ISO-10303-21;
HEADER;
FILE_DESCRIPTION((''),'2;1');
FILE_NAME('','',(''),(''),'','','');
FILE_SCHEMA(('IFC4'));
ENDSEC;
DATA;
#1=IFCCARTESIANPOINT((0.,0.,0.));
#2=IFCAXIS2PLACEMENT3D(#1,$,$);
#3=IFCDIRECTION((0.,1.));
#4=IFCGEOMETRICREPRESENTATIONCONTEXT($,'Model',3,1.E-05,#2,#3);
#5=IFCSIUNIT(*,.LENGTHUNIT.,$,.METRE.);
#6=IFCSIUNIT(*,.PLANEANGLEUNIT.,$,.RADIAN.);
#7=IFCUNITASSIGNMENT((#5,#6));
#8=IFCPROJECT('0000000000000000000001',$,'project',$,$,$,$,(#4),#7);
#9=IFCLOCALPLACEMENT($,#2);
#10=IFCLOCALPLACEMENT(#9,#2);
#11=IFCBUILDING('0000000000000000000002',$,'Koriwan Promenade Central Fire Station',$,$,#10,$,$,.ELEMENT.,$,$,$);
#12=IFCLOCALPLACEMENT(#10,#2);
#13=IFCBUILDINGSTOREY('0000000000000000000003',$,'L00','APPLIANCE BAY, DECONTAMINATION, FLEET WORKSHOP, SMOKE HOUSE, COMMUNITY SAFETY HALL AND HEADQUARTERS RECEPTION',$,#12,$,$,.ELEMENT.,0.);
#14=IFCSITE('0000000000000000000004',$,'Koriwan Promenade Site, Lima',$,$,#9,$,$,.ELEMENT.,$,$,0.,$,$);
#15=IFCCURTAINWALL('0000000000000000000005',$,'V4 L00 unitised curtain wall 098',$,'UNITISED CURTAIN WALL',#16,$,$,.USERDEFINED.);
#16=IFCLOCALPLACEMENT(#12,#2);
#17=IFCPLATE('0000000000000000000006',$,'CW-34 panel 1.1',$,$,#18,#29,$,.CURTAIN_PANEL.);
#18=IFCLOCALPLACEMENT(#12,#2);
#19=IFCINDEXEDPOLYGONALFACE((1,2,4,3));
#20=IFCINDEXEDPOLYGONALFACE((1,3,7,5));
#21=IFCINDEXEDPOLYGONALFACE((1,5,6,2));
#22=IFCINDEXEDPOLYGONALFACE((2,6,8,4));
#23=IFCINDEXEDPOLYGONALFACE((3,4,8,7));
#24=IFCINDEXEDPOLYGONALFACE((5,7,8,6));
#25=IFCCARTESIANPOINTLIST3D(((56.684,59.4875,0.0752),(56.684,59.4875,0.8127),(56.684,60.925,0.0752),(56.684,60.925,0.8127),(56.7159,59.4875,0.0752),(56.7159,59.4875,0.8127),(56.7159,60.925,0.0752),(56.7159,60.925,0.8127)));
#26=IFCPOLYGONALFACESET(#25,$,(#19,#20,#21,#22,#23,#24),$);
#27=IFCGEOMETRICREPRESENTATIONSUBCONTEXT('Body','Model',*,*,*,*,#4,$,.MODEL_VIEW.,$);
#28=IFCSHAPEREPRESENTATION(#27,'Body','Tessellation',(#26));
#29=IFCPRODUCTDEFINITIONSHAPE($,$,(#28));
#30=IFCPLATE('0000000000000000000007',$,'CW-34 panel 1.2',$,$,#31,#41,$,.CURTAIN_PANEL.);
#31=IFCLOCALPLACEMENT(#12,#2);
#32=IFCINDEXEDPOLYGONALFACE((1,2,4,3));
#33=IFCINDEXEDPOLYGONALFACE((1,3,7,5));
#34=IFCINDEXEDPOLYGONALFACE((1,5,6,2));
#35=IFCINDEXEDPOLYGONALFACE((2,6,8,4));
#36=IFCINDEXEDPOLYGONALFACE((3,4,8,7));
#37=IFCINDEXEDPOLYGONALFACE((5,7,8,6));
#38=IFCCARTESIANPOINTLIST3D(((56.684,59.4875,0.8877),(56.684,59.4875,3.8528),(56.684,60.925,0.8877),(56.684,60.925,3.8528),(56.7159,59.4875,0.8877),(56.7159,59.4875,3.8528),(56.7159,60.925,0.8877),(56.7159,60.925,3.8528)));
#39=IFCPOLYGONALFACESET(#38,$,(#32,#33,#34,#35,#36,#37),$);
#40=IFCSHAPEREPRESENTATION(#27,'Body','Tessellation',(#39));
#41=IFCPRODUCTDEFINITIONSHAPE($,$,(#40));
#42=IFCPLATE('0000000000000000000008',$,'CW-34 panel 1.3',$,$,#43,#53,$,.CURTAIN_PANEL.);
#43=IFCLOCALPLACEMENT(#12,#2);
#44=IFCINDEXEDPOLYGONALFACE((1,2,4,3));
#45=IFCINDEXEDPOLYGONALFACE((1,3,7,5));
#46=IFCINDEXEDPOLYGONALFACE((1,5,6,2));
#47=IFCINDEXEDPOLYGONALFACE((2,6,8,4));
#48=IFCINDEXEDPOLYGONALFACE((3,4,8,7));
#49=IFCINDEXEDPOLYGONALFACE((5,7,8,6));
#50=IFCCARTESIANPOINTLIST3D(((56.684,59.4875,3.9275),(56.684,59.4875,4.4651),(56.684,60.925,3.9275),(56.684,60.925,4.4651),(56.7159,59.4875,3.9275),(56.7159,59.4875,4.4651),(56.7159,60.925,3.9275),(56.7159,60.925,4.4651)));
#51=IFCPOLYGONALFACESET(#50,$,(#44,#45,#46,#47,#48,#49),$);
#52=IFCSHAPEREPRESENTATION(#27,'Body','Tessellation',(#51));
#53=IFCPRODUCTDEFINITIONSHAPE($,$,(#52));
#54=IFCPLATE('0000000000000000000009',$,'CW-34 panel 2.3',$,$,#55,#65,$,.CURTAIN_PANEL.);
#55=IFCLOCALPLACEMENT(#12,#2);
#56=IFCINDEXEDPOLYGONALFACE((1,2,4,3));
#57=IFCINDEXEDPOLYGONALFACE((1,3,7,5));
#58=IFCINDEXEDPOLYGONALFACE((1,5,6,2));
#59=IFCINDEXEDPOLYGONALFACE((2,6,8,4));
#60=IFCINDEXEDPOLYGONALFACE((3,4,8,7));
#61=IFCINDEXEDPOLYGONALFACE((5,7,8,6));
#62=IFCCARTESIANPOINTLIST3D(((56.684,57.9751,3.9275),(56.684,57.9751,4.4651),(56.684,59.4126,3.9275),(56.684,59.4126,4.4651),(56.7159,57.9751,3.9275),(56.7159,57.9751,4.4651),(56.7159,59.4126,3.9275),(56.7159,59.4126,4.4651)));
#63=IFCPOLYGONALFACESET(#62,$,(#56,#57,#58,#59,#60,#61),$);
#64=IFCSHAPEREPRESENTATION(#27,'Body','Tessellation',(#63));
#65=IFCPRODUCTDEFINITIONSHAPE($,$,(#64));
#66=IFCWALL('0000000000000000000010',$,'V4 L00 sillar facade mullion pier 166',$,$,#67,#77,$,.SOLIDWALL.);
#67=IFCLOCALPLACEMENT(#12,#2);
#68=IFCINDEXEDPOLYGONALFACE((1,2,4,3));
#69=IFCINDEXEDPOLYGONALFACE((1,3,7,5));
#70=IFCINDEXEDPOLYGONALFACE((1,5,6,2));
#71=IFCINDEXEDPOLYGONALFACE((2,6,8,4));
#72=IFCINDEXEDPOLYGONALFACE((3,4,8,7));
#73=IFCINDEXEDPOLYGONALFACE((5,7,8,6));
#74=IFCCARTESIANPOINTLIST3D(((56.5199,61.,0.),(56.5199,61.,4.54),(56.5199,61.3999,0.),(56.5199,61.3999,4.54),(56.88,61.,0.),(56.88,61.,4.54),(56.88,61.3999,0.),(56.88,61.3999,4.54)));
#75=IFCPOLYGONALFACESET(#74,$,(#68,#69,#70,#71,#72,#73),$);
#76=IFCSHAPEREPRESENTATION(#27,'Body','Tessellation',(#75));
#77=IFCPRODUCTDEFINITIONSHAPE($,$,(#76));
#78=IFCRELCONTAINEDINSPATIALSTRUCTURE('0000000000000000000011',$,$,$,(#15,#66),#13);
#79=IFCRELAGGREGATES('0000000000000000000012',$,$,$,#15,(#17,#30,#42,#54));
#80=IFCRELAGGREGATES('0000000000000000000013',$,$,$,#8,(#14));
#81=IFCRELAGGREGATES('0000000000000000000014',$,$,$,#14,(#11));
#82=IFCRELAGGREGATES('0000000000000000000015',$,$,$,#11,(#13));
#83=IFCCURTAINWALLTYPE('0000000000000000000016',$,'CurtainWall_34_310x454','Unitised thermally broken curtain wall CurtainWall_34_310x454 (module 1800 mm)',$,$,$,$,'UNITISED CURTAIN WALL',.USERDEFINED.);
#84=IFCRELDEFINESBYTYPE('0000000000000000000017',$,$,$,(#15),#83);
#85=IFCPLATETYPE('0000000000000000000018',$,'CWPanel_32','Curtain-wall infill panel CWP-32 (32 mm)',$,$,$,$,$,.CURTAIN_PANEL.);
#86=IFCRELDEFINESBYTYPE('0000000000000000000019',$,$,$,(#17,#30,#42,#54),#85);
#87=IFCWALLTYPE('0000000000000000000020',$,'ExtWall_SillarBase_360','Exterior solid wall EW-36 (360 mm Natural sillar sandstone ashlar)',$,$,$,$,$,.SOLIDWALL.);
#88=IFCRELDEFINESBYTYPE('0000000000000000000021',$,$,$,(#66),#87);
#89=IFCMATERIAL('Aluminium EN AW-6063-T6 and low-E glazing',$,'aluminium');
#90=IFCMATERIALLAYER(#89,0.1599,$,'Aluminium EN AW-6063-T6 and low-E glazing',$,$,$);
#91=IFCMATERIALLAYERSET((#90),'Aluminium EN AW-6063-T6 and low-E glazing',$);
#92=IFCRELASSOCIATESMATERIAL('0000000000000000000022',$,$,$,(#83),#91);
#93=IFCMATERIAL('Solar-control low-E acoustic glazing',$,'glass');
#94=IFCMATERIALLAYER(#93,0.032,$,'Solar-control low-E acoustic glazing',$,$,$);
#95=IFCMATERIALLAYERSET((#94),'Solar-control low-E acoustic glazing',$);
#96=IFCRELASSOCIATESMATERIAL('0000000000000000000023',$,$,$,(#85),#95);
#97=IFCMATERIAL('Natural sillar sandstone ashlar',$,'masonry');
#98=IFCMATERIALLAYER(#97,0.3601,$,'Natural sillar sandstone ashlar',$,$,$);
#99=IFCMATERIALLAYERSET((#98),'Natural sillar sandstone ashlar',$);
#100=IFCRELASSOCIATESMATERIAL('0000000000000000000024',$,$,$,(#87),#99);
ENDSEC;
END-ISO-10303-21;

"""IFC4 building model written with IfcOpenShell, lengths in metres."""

from ifc_helpers import new_model, si_unit, direction, frame, frame_2d, origin, origin_2d, place, context, subcontext, project, spatial, rectangle, extrude, material, layer, layer_set, type_object, element, aggregate, save


model = new_model("IFC4")

# Units and contexts
model_context = context("Model", 3, precision=1e-05, world=origin(), true_north=direction((0.0, 1.0)))
body_context = subcontext(model_context, "Body", "Model", "MODEL_VIEW")
ifc_project = project(units=[si_unit("LENGTHUNIT", "METRE"), si_unit("PLANEANGLEUNIT", "RADIAN")], contexts=[model_context])

# Site, building, storey
site_placement = place(None, origin())
site = spatial("IfcSite", under=ifc_project, at=site_placement, Name="Koriwan Promenade Site, Lima", CompositionType="ELEMENT", RefElevation=0.0)
building_placement = place(site_placement, origin())
building = spatial("IfcBuilding", under=site, at=building_placement, Name="Koriwan Promenade Central Fire Station", CompositionType="ELEMENT")
storey_placement = place(building_placement, origin())
storey = spatial("IfcBuildingStorey", under=building, at=storey_placement, Name="L00", Description="APPLIANCE BAY, DECONTAMINATION, FLEET WORKSHOP, SMOKE HOUSE, COMMUNITY SAFETY HALL AND HEADQUARTERS RECEPTION", CompositionType="ELEMENT", Elevation=0.0)

# Curtain wall
ifc_material_1 = material(Name="Aluminium EN AW-6063-T6 and low-E glazing", Category="aluminium")
ifc_layer_1 = layer(ifc_material_1, 0.1599, Name="Aluminium EN AW-6063-T6 and low-E glazing")
ifc_layer_set_1 = layer_set([ifc_layer_1], Name="Aluminium EN AW-6063-T6 and low-E glazing")
curtain_wall_type_1 = type_object("IfcCurtainWallType", Name="CurtainWall_34_310x454", Description="Unitised thermally broken curtain wall CurtainWall_34_310x454 (module 1800 mm)", ElementType="UNITISED CURTAIN WALL", PredefinedType="USERDEFINED", material=ifc_layer_set_1)
curtain_wall_1_placement = place(storey_placement, origin())
curtain_wall_1 = element("IfcCurtainWall", 1, at=curtain_wall_1_placement, inside=storey, type_object=curtain_wall_type_1, Name="V4 L00 unitised curtain wall 098", ObjectType="UNITISED CURTAIN WALL", PredefinedType="USERDEFINED")

# Plates
ifc_material_2 = material(Name="Solar-control low-E acoustic glazing", Category="glass")
ifc_layer_2 = layer(ifc_material_2, 0.032, Name="Solar-control low-E acoustic glazing")
ifc_layer_set_2 = layer_set([ifc_layer_2], Name="Solar-control low-E acoustic glazing")
plate_type_1 = type_object("IfcPlateType", Name="CWPanel_32", Description="Curtain-wall infill panel CWP-32 (32 mm)", PredefinedType="CURTAIN_PANEL", material=ifc_layer_set_2)
plate_1_placement = place(storey_placement, frame((56.7, 60.2063, 0.0752), z_axis=(0.0, 0.0, 1.0), x_axis=(0.0, -1.0, 0.0)))
plate_1 = element("IfcPlate", 2, at=plate_1_placement, type_object=plate_type_1, Name="CW-34 panel 1.1", PredefinedType="CURTAIN_PANEL", context=body_context, shape_type="SweptSolid", body=[
    extrude(rectangle(XDim=1.4375, YDim=0.032, at=origin_2d()), origin(), (0.0, 0.0, 1.0), 0.7375),
])
plate_2_placement = place(storey_placement, frame((56.7, 60.2063, 0.8877), z_axis=(0.0, 0.0, 1.0), x_axis=(0.0, -1.0, 0.0)))
plate_2 = element("IfcPlate", 3, at=plate_2_placement, type_object=plate_type_1, Name="CW-34 panel 1.2", PredefinedType="CURTAIN_PANEL", context=body_context, shape_type="SweptSolid", body=[
    extrude(rectangle(XDim=1.4375, YDim=0.032, at=origin_2d()), origin(), (0.0, 0.0, 1.0), 2.9651),
])
plate_3_placement = place(storey_placement, frame((56.7, 60.2063, 3.9275), z_axis=(0.0, 0.0, 1.0), x_axis=(0.0, -1.0, 0.0)))
plate_3 = element("IfcPlate", 4, at=plate_3_placement, type_object=plate_type_1, Name="CW-34 panel 1.3", PredefinedType="CURTAIN_PANEL", context=body_context, shape_type="SweptSolid", body=[
    extrude(rectangle(XDim=1.4375, YDim=0.032, at=origin_2d()), origin(), (0.0, 0.0, 1.0), 0.5376),
])
plate_4_placement = place(storey_placement, frame((56.7, 58.6938, 3.9275), z_axis=(0.0, 0.0, 1.0), x_axis=(0.0, -1.0, 0.0)))
plate_4 = element("IfcPlate", 5, at=plate_4_placement, type_object=plate_type_1, Name="CW-34 panel 2.3", PredefinedType="CURTAIN_PANEL", context=body_context, shape_type="SweptSolid", body=[
    extrude(rectangle(XDim=1.4375, YDim=0.032, at=origin_2d()), origin(), (0.0, 0.0, 1.0), 0.5376),
])
aggregate(curtain_wall_1, [plate_1, plate_2, plate_3, plate_4])

# Wall
ifc_material_3 = material(Name="Natural sillar sandstone ashlar", Category="masonry")
ifc_layer_3 = layer(ifc_material_3, 0.3601, Name="Natural sillar sandstone ashlar")
ifc_layer_set_3 = layer_set([ifc_layer_3], Name="Natural sillar sandstone ashlar")
wall_type = type_object("IfcWallType", Name="ExtWall_SillarBase_360", Description="Exterior solid wall EW-36 (360 mm Natural sillar sandstone ashlar)", PredefinedType="SOLIDWALL", material=ifc_layer_set_3)
wall_placement = place(storey_placement, frame((56.7, 61.3999, 0.0), z_axis=(0.0, 0.0, 1.0), x_axis=(0.0, -1.0, 0.0)))
element("IfcWall", 6, at=wall_placement, inside=storey, type_object=wall_type, Name="V4 L00 sillar facade mullion pier 166", PredefinedType="SOLIDWALL", context=body_context, shape_type="SweptSolid", body=[
    extrude(rectangle(XDim=0.3999, YDim=0.3601, at=frame_2d((0.2, 0.0))), origin(), (0.0, 0.0, 1.0), 4.54),
])

save(model, "model.ifc")
